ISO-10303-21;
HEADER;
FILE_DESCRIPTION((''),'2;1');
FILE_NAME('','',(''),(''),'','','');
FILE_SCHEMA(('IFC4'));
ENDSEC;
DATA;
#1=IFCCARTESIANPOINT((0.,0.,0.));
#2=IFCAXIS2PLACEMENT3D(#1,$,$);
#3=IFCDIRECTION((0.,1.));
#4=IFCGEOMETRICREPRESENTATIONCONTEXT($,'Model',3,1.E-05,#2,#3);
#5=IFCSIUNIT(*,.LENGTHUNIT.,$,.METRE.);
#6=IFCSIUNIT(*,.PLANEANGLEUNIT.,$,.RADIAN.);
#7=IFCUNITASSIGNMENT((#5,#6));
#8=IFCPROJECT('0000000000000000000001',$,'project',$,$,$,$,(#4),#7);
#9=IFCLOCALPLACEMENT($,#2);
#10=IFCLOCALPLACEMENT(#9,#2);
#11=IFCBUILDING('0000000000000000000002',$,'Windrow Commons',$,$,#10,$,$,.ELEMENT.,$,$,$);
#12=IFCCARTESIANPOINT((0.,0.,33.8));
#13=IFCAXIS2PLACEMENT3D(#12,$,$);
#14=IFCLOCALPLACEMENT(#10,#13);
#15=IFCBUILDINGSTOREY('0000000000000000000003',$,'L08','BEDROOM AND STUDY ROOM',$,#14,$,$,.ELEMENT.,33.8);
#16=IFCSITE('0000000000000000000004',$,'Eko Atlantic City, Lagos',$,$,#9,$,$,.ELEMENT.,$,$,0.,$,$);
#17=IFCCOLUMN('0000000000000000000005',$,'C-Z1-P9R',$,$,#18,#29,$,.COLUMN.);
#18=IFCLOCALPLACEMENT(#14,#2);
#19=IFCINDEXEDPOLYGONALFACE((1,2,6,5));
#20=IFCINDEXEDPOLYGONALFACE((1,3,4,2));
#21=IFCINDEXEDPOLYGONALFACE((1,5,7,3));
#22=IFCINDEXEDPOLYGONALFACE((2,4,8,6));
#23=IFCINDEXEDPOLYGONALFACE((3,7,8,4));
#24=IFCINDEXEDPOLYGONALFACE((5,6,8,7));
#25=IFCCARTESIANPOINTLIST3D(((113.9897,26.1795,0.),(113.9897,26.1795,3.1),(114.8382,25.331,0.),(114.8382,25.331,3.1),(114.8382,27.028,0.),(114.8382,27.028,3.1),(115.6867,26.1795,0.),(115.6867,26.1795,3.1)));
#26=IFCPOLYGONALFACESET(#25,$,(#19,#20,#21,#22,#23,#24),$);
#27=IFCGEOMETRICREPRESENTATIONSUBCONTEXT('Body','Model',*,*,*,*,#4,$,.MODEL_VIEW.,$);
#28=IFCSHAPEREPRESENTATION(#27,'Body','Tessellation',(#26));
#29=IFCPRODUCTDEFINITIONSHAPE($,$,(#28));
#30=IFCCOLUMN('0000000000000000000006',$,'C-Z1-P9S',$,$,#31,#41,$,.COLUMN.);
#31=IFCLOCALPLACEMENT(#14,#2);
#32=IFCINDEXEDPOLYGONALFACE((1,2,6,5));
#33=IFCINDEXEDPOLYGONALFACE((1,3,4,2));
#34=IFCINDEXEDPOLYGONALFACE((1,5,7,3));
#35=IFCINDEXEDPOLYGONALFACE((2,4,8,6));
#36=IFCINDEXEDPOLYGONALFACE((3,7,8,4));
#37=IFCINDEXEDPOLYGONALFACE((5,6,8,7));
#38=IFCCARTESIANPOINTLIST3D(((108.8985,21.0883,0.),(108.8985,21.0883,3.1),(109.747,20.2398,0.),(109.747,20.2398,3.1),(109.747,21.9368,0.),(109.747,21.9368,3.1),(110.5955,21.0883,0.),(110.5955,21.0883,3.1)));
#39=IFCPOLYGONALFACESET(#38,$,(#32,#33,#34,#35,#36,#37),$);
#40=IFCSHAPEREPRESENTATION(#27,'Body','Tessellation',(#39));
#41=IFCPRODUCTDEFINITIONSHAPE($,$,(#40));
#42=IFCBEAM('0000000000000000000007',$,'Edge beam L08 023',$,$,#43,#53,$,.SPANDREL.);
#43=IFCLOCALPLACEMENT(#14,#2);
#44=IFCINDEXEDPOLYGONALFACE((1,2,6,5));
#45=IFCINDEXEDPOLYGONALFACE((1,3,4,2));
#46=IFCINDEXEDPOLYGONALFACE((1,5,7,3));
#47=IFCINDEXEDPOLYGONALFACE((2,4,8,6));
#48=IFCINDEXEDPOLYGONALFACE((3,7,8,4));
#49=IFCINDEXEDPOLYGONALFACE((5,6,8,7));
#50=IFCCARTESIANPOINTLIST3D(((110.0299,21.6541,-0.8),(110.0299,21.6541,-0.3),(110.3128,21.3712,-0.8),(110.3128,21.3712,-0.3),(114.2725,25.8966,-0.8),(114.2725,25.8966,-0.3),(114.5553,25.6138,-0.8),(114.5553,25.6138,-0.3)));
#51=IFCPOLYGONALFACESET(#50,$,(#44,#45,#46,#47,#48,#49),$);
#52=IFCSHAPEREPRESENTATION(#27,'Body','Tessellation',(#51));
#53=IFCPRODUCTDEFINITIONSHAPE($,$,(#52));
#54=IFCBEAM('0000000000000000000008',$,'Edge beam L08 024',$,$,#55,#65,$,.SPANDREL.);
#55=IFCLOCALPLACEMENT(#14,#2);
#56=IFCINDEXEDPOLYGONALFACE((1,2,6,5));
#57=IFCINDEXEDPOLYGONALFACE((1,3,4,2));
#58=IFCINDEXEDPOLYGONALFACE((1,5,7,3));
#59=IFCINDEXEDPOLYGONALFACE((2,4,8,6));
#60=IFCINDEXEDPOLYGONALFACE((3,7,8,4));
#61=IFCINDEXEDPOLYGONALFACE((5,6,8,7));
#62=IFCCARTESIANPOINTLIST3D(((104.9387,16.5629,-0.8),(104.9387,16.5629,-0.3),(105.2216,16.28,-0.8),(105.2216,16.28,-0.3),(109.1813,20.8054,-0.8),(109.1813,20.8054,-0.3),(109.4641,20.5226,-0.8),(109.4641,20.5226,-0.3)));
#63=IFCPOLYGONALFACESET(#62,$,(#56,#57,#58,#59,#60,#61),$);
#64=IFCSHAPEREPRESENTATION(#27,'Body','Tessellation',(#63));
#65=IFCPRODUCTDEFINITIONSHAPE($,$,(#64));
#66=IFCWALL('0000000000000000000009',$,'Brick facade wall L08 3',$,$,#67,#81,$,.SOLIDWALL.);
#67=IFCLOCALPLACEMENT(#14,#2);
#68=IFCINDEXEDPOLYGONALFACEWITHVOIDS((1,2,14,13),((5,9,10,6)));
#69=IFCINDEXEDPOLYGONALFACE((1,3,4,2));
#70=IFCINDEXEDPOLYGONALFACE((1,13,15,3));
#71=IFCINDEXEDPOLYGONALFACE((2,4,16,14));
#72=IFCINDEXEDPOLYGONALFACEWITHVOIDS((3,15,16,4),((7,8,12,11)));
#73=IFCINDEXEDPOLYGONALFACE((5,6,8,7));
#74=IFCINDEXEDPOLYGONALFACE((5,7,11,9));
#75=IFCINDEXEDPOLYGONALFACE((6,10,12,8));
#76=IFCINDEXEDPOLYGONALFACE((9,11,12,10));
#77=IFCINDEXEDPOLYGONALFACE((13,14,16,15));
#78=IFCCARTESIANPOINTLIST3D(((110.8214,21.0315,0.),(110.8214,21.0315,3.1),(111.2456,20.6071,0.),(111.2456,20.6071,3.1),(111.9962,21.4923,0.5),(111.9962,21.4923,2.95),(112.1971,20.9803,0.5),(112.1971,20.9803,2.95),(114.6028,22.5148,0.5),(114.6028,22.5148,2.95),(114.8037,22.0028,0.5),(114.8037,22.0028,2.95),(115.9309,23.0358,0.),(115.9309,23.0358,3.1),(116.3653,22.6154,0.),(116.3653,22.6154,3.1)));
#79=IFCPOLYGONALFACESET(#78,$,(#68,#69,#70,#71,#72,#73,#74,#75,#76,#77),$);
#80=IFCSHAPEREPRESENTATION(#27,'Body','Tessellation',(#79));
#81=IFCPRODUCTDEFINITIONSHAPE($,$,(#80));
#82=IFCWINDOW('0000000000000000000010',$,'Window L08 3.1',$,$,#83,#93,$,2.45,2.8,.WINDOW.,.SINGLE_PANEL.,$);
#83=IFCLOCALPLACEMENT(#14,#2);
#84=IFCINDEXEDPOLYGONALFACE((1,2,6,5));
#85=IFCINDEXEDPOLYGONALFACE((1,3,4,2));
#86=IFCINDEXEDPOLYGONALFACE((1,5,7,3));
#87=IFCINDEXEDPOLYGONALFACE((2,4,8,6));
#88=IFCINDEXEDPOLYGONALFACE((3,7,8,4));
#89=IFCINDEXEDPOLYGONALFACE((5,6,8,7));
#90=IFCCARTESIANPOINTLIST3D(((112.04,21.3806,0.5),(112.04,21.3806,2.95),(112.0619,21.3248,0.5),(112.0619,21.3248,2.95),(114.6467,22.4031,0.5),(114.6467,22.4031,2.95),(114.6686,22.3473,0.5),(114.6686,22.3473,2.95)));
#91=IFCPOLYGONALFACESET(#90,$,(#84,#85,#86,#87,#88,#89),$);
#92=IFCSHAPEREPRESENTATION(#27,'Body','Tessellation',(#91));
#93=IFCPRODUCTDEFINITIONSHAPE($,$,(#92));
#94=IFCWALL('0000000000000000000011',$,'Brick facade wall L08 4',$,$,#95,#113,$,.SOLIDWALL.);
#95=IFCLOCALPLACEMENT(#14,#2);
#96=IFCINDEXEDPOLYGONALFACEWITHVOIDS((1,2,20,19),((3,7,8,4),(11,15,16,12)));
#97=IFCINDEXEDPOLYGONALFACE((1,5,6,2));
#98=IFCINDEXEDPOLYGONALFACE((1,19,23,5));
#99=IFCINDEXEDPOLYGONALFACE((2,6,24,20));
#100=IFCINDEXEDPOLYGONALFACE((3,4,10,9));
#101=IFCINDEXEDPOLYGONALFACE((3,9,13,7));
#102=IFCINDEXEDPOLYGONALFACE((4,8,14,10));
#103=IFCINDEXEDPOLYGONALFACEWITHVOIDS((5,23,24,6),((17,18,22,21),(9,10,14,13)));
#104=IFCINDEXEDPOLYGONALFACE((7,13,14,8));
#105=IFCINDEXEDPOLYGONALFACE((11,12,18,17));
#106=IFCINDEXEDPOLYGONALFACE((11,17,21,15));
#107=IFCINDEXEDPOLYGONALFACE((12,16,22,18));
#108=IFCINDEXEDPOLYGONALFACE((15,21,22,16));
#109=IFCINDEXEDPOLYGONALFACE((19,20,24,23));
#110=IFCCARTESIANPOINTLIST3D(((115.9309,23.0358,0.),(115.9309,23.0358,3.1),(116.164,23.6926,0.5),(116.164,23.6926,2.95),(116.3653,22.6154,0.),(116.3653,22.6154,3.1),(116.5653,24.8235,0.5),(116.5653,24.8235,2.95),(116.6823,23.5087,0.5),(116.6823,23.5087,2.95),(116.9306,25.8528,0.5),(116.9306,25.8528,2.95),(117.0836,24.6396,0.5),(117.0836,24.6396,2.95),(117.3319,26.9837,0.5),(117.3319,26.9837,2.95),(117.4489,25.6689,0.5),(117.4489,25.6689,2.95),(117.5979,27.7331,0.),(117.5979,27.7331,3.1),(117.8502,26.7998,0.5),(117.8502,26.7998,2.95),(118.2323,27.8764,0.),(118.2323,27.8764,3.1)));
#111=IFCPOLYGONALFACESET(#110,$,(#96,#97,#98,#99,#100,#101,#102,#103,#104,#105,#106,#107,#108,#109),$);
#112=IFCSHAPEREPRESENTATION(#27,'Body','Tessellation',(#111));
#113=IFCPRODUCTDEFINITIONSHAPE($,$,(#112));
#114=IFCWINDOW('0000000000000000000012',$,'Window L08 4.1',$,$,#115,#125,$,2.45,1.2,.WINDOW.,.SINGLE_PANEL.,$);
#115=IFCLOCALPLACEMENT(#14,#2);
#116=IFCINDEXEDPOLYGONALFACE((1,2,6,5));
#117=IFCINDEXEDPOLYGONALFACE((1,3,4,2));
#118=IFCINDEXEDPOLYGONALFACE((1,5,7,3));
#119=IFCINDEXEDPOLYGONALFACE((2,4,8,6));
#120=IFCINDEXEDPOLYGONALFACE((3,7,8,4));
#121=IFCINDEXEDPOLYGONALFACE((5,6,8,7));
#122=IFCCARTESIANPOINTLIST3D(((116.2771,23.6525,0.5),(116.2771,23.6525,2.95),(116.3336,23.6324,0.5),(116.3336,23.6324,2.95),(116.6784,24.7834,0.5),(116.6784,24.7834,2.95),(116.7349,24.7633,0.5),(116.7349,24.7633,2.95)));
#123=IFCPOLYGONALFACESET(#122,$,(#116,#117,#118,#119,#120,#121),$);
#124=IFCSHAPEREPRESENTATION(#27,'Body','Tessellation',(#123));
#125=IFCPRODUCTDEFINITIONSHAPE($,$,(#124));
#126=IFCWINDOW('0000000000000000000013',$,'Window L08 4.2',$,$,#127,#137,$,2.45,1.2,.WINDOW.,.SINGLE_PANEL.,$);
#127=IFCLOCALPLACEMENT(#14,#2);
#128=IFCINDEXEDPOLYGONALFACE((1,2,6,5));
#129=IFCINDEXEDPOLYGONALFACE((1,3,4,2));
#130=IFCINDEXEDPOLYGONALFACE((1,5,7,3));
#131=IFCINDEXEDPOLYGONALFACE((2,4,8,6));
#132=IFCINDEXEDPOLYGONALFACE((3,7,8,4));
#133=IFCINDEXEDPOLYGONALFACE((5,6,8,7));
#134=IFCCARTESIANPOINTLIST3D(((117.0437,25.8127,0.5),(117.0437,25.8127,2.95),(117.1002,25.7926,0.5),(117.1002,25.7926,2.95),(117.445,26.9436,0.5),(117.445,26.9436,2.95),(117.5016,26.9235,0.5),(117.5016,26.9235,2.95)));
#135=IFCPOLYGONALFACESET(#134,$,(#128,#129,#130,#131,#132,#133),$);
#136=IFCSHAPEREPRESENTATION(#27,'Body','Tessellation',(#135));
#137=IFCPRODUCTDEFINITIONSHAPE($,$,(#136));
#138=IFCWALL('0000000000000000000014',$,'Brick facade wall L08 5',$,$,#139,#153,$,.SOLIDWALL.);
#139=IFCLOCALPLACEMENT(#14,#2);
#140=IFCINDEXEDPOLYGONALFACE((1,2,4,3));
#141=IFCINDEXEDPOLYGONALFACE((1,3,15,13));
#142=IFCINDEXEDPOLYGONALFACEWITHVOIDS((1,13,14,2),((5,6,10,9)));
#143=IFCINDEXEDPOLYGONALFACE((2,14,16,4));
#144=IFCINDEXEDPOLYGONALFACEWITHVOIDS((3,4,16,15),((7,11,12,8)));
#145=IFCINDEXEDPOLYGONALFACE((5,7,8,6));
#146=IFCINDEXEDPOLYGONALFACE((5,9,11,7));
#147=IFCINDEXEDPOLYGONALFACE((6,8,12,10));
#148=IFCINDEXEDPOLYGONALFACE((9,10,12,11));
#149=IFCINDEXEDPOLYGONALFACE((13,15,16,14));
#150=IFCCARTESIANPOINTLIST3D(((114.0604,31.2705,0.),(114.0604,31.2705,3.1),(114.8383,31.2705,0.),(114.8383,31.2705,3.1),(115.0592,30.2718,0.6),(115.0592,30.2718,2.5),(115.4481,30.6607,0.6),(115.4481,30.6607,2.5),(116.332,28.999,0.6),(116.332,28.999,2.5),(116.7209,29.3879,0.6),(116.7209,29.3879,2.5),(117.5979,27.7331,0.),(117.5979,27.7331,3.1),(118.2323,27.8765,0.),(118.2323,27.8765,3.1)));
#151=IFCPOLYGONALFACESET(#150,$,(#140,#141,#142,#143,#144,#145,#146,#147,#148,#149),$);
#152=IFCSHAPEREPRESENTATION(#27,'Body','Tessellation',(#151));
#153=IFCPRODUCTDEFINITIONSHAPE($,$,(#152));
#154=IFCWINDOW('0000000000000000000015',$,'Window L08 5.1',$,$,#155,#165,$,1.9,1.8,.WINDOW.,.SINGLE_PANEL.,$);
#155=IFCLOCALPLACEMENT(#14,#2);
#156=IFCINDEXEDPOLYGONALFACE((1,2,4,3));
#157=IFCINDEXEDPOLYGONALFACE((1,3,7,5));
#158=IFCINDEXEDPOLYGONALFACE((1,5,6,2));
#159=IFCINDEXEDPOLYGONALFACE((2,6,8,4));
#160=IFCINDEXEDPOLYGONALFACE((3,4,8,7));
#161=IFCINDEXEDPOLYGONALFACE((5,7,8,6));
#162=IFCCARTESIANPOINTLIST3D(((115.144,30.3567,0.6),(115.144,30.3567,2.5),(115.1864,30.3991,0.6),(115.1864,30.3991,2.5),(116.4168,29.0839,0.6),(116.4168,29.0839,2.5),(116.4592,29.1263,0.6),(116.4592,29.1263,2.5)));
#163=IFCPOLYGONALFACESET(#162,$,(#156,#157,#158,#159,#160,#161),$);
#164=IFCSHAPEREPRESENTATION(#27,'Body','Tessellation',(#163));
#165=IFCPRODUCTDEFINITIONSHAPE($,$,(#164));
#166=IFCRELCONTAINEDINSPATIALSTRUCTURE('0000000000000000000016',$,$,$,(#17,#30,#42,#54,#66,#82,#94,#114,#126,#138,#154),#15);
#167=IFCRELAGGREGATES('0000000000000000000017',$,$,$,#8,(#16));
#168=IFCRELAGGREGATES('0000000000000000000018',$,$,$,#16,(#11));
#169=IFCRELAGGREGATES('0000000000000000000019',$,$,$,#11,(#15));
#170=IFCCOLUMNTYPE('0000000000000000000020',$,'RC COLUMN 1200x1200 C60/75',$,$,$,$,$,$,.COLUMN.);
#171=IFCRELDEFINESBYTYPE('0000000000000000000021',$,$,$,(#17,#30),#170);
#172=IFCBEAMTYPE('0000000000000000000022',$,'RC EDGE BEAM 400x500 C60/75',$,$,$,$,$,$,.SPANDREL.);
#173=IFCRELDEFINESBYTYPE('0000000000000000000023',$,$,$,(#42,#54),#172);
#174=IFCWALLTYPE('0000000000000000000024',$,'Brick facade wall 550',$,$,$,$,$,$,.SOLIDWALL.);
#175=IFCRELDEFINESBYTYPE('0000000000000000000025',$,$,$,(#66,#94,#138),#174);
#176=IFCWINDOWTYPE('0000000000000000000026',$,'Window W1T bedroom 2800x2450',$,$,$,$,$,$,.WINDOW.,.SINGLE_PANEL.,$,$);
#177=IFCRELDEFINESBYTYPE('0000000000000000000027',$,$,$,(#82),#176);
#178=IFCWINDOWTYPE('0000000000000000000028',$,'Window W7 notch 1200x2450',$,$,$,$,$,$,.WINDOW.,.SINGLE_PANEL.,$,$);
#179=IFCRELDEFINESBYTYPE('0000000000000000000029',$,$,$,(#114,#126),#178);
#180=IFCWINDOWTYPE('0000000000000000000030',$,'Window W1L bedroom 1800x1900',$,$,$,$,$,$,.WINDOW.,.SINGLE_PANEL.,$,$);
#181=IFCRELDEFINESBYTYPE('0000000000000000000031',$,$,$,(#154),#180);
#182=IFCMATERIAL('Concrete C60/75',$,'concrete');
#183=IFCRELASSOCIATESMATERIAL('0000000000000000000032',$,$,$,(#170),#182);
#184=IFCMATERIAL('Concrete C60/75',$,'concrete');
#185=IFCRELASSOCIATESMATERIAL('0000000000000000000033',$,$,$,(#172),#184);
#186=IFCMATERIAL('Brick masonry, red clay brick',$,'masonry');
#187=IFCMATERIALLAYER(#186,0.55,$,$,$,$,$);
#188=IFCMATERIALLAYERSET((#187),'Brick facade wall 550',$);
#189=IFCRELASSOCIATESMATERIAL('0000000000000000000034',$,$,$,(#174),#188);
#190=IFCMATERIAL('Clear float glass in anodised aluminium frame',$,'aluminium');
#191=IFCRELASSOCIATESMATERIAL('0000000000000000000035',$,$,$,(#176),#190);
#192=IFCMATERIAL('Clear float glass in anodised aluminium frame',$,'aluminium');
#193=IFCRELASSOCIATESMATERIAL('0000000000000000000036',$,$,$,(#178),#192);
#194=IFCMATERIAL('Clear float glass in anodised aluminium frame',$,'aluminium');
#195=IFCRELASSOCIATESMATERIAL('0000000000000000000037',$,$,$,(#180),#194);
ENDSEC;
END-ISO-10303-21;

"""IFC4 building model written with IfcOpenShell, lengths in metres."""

from ifc_helpers import new_model, si_unit, direction, frame, frame_2d, origin, origin_2d, place, context, subcontext, project, spatial, polyline, rectangle, outline, extrude, material, layer, layer_set, material_profile, profile_set, type_object, element, fill, save


model = new_model("IFC4")

# Units and contexts
model_context = context("Model", 3, precision=1e-05, world=origin(), true_north=direction((0.0, 1.0)))
body_context = subcontext(model_context, "Body", "Model", "MODEL_VIEW")
ifc_project = project(units=[si_unit("LENGTHUNIT", "METRE"), si_unit("PLANEANGLEUNIT", "RADIAN")], contexts=[model_context])

# Site, building, storey
site_placement = place(None, origin())
site = spatial("IfcSite", under=ifc_project, at=site_placement, Name="Eko Atlantic City, Lagos", CompositionType="ELEMENT", RefElevation=0.0)
building_placement = place(site_placement, origin())
building = spatial("IfcBuilding", under=site, at=building_placement, Name="Windrow Commons", CompositionType="ELEMENT")
storey_placement = place(building_placement, frame((0.0, 0.0, 33.8)))
storey = spatial("IfcBuildingStorey", under=building, at=storey_placement, Name="L08", Description="BEDROOM AND STUDY ROOM", CompositionType="ELEMENT", Elevation=33.8)

# Columns
ifc_material_1 = material(Name="Concrete C60/75", Category="concrete")
ifc_material_profile_1 = material_profile(ifc_material_1, rectangle(XDim=1.2, YDim=1.2, at=origin_2d()))
ifc_profile_set_1 = profile_set([ifc_material_profile_1], Name="Concrete C60/75")
column_type = type_object("IfcColumnType", Name="RC COLUMN 1200x1200 C60/75", PredefinedType="COLUMN", material=ifc_profile_set_1)
for number, where, z_axis, x_axis, name in (
    (1, (114.8382, 26.1795, 0.0), (0.0, 0.0, 1.0), (0.707107, -0.707107, 0.0), "C-Z1-P9R"),
    (2, (109.747, 21.0883, 0.0), (0.0, 0.0, 1.0), (0.707107, -0.707107, 0.0), "C-Z1-P9S"),
):
    element("IfcColumn", number, at=place(storey_placement, frame(where, z_axis=z_axis, x_axis=x_axis)), inside=storey, type_object=column_type, Name=name, PredefinedType="COLUMN", context=body_context, shape_type="SweptSolid", body=[
        extrude(rectangle(XDim=1.2, YDim=1.2, at=origin_2d()), origin(), (0.0, 0.0, 1.0), 3.1),
    ])

# Beams
ifc_material_2 = material(Name="Concrete C60/75", Category="concrete")
ifc_material_profile_2 = material_profile(ifc_material_2, rectangle(XDim=0.4, YDim=0.5, at=origin_2d()))
ifc_profile_set_2 = profile_set([ifc_material_profile_2], Name="Concrete C60/75")
beam_type = type_object("IfcBeamType", Name="RC EDGE BEAM 400x500 C60/75", PredefinedType="SPANDREL", material=ifc_profile_set_2)
for number, where, z_axis, x_axis, name in (
    (3, (114.4139, 25.7552, -0.55), (-0.707107, -0.707107, 0.0), (0.707107, -0.707107, 0.0), "Edge beam L08 023"),
    (4, (109.3227, 20.664, -0.55), (-0.707107, -0.707107, 0.0), (0.707107, -0.707107, 0.0), "Edge beam L08 024"),
):
    element("IfcBeam", number, at=place(storey_placement, frame(where, z_axis=z_axis, x_axis=x_axis)), inside=storey, type_object=beam_type, Name=name, PredefinedType="SPANDREL", context=body_context, shape_type="SweptSolid", body=[
        extrude(rectangle(XDim=0.4, YDim=0.5, at=origin_2d()), origin(), (0.0, 0.0, 1.0), 5.9999),
    ])

# Wall, opening, window
ifc_material_3 = material(Name="Brick masonry, red clay brick", Category="masonry")
ifc_layer_1 = layer(ifc_material_3, 0.55)
ifc_layer_set_1 = layer_set([ifc_layer_1], Name="Brick facade wall 550")
wall_type_1 = type_object("IfcWallType", Name="Brick facade wall 550", PredefinedType="SOLIDWALL", material=ifc_layer_set_1)
wall_1_placement = place(storey_placement, frame((111.0335, 20.8193, 0.0), z_axis=(0.0, 0.0, 1.0), x_axis=(0.930938, 0.365178, 0.0)))
wall_1 = element("IfcWall", 5, at=wall_1_placement, inside=storey, type_object=wall_type_1, Name="Brick facade wall L08 3", PredefinedType="SOLIDWALL", context=body_context, shape_type="SweptSolid", body=[
    extrude(outline(polyline([(0.12, -0.275), (5.6195, -0.275), (5.3686, 0.275), (-0.12, 0.275), (0.12, -0.275)])), origin(), (0.0, 0.0, 1.0), 3.1),
])
opening_1_placement = place(wall_1_placement, frame((1.142, 0.0, 0.5)))
opening_1 = element("IfcOpeningElement", 6, at=opening_1_placement, cuts=wall_1, PredefinedType="OPENING", context=body_context, shape_type="SweptSolid", body=[
    extrude(rectangle(XDim=2.8, YDim=2.45, at=frame_2d((1.4, 1.225))), frame((0.0, 0.285, 0.0), z_axis=(0.0, -1.0, 0.0), x_axis=(1.0, 0.0, 0.0)), (0.0, 0.0, 1.0), 0.57),
])
ifc_material_4 = material(Name="Clear float glass in anodised aluminium frame", Category="aluminium")
window_type_1 = type_object("IfcWindowType", Name="Window W1T bedroom 2800x2450", PartitioningType="SINGLE_PANEL", PredefinedType="WINDOW", material=ifc_material_4)
window_1_placement = place(opening_1_placement, origin())
window_1 = element("IfcWindow", 7, at=window_1_placement, inside=storey, type_object=window_type_1, Name="Window L08 3.1", OverallHeight=2.45, OverallWidth=2.8, PartitioningType="SINGLE_PANEL", PredefinedType="WINDOW", context=body_context, shape_type="SweptSolid", body=[
    extrude(rectangle(XDim=2.8, YDim=2.45, at=frame_2d((1.4, 1.225))), frame((0.0, 0.155, 0.0), z_axis=(0.0, -1.0, 0.0), x_axis=(1.0, 0.0, 0.0)), (0.0, 0.0, 1.0), 0.06),
])
fill(opening_1, window_1)

# Wall, openings, windows
wall_2_placement = place(storey_placement, frame((116.1481, 22.8256, 0.0), z_axis=(0.0, 0.0, 1.0), x_axis=(0.334441, 0.942417, 0.0)))
wall_2 = element("IfcWall", 8, at=wall_2_placement, inside=storey, type_object=wall_type_1, Name="Brick facade wall L08 4", PredefinedType="SOLIDWALL", context=body_context, shape_type="SweptSolid", body=[
    extrude(outline(polyline([(-0.1254, -0.275), (5.457, -0.275), (5.1098, 0.275), (0.1254, 0.275), (-0.1254, -0.275)])), origin(), (0.0, 0.0, 1.0), 3.1),
])
opening_2_placement = place(wall_2_placement, frame((0.8224, 0.0, 0.5)))
opening_2 = element("IfcOpeningElement", 9, at=opening_2_placement, cuts=wall_2, PredefinedType="OPENING", context=body_context, shape_type="SweptSolid", body=[
    extrude(rectangle(XDim=1.2, YDim=2.45, at=frame_2d((0.6, 1.225))), frame((0.0, 0.285, 0.0), z_axis=(0.0, -1.0, 0.0), x_axis=(1.0, 0.0, 0.0)), (0.0, 0.0, 1.0), 0.57),
])
opening_3_placement = place(wall_2_placement, frame((3.1146, 0.0, 0.5)))
opening_3 = element("IfcOpeningElement", 10, at=opening_3_placement, cuts=wall_2, PredefinedType="OPENING", context=body_context, shape_type="SweptSolid", body=[
    extrude(rectangle(XDim=1.2, YDim=2.45, at=frame_2d((0.6, 1.225))), frame((0.0, 0.285, 0.0), z_axis=(0.0, -1.0, 0.0), x_axis=(1.0, 0.0, 0.0)), (0.0, 0.0, 1.0), 0.57),
])
ifc_material_5 = material(Name="Clear float glass in anodised aluminium frame", Category="aluminium")
window_type_2 = type_object("IfcWindowType", Name="Window W7 notch 1200x2450", PartitioningType="SINGLE_PANEL", PredefinedType="WINDOW", material=ifc_material_5)
window_2_placement = place(opening_2_placement, origin())
window_2 = element("IfcWindow", 11, at=window_2_placement, inside=storey, type_object=window_type_2, Name="Window L08 4.1", OverallHeight=2.45, OverallWidth=1.2, PartitioningType="SINGLE_PANEL", PredefinedType="WINDOW", context=body_context, shape_type="SweptSolid", body=[
    extrude(rectangle(XDim=1.2, YDim=2.45, at=frame_2d((0.6, 1.225))), frame((0.0, 0.155, 0.0), z_axis=(0.0, -1.0, 0.0), x_axis=(1.0, 0.0, 0.0)), (0.0, 0.0, 1.0), 0.06),
])
fill(opening_2, window_2)
window_3_placement = place(opening_3_placement, origin())
window_3 = element("IfcWindow", 12, at=window_3_placement, inside=storey, type_object=window_type_2, Name="Window L08 4.2", OverallHeight=2.45, OverallWidth=1.2, PartitioningType="SINGLE_PANEL", PredefinedType="WINDOW", context=body_context, shape_type="SweptSolid", body=[
    extrude(rectangle(XDim=1.2, YDim=2.45, at=frame_2d((0.6, 1.225))), frame((0.0, 0.155, 0.0), z_axis=(0.0, -1.0, 0.0), x_axis=(1.0, 0.0, 0.0)), (0.0, 0.0, 1.0), 0.06),
])
fill(opening_3, window_3)

# Wall, opening, window
wall_3_placement = place(storey_placement, frame((117.9151, 27.8048, 0.0), z_axis=(0.0, 0.0, 1.0), x_axis=(-0.707107, 0.707107, 0.0)))
wall_3 = element("IfcWall", 13, at=wall_3_placement, inside=storey, type_object=wall_type_1, Name="Brick facade wall L08 5", PredefinedType="SOLIDWALL", context=body_context, shape_type="SweptSolid", body=[
    extrude(outline(polyline([(-0.1736, -0.275), (4.6263, -0.275), (5.1763, 0.275), (0.1736, 0.275), (-0.1736, -0.275)])), origin(), (0.0, 0.0, 1.0), 3.1),
])
opening_4_placement = place(wall_3_placement, frame((1.9639, 0.0, 0.6)))
opening_4 = element("IfcOpeningElement", 14, at=opening_4_placement, cuts=wall_3, PredefinedType="OPENING", context=body_context, shape_type="SweptSolid", body=[
    extrude(rectangle(XDim=1.8, YDim=1.9, at=frame_2d((0.9, 0.95))), frame((0.0, 0.285, 0.0), z_axis=(0.0, -1.0, 0.0), x_axis=(1.0, 0.0, 0.0)), (0.0, 0.0, 1.0), 0.57),
])
ifc_material_6 = material(Name="Clear float glass in anodised aluminium frame", Category="aluminium")
window_type_3 = type_object("IfcWindowType", Name="Window W1L bedroom 1800x1900", PartitioningType="SINGLE_PANEL", PredefinedType="WINDOW", material=ifc_material_6)
window_4_placement = place(opening_4_placement, origin())
window_4 = element("IfcWindow", 15, at=window_4_placement, inside=storey, type_object=window_type_3, Name="Window L08 5.1", OverallHeight=1.9, OverallWidth=1.8, PartitioningType="SINGLE_PANEL", PredefinedType="WINDOW", context=body_context, shape_type="SweptSolid", body=[
    extrude(rectangle(XDim=1.8, YDim=1.9, at=frame_2d((0.9, 0.95))), frame((0.0, 0.155, 0.0), z_axis=(0.0, -1.0, 0.0), x_axis=(1.0, 0.0, 0.0)), (0.0, 0.0, 1.0), 0.06),
])
fill(opening_4, window_4)

save(model, "model.ifc")
